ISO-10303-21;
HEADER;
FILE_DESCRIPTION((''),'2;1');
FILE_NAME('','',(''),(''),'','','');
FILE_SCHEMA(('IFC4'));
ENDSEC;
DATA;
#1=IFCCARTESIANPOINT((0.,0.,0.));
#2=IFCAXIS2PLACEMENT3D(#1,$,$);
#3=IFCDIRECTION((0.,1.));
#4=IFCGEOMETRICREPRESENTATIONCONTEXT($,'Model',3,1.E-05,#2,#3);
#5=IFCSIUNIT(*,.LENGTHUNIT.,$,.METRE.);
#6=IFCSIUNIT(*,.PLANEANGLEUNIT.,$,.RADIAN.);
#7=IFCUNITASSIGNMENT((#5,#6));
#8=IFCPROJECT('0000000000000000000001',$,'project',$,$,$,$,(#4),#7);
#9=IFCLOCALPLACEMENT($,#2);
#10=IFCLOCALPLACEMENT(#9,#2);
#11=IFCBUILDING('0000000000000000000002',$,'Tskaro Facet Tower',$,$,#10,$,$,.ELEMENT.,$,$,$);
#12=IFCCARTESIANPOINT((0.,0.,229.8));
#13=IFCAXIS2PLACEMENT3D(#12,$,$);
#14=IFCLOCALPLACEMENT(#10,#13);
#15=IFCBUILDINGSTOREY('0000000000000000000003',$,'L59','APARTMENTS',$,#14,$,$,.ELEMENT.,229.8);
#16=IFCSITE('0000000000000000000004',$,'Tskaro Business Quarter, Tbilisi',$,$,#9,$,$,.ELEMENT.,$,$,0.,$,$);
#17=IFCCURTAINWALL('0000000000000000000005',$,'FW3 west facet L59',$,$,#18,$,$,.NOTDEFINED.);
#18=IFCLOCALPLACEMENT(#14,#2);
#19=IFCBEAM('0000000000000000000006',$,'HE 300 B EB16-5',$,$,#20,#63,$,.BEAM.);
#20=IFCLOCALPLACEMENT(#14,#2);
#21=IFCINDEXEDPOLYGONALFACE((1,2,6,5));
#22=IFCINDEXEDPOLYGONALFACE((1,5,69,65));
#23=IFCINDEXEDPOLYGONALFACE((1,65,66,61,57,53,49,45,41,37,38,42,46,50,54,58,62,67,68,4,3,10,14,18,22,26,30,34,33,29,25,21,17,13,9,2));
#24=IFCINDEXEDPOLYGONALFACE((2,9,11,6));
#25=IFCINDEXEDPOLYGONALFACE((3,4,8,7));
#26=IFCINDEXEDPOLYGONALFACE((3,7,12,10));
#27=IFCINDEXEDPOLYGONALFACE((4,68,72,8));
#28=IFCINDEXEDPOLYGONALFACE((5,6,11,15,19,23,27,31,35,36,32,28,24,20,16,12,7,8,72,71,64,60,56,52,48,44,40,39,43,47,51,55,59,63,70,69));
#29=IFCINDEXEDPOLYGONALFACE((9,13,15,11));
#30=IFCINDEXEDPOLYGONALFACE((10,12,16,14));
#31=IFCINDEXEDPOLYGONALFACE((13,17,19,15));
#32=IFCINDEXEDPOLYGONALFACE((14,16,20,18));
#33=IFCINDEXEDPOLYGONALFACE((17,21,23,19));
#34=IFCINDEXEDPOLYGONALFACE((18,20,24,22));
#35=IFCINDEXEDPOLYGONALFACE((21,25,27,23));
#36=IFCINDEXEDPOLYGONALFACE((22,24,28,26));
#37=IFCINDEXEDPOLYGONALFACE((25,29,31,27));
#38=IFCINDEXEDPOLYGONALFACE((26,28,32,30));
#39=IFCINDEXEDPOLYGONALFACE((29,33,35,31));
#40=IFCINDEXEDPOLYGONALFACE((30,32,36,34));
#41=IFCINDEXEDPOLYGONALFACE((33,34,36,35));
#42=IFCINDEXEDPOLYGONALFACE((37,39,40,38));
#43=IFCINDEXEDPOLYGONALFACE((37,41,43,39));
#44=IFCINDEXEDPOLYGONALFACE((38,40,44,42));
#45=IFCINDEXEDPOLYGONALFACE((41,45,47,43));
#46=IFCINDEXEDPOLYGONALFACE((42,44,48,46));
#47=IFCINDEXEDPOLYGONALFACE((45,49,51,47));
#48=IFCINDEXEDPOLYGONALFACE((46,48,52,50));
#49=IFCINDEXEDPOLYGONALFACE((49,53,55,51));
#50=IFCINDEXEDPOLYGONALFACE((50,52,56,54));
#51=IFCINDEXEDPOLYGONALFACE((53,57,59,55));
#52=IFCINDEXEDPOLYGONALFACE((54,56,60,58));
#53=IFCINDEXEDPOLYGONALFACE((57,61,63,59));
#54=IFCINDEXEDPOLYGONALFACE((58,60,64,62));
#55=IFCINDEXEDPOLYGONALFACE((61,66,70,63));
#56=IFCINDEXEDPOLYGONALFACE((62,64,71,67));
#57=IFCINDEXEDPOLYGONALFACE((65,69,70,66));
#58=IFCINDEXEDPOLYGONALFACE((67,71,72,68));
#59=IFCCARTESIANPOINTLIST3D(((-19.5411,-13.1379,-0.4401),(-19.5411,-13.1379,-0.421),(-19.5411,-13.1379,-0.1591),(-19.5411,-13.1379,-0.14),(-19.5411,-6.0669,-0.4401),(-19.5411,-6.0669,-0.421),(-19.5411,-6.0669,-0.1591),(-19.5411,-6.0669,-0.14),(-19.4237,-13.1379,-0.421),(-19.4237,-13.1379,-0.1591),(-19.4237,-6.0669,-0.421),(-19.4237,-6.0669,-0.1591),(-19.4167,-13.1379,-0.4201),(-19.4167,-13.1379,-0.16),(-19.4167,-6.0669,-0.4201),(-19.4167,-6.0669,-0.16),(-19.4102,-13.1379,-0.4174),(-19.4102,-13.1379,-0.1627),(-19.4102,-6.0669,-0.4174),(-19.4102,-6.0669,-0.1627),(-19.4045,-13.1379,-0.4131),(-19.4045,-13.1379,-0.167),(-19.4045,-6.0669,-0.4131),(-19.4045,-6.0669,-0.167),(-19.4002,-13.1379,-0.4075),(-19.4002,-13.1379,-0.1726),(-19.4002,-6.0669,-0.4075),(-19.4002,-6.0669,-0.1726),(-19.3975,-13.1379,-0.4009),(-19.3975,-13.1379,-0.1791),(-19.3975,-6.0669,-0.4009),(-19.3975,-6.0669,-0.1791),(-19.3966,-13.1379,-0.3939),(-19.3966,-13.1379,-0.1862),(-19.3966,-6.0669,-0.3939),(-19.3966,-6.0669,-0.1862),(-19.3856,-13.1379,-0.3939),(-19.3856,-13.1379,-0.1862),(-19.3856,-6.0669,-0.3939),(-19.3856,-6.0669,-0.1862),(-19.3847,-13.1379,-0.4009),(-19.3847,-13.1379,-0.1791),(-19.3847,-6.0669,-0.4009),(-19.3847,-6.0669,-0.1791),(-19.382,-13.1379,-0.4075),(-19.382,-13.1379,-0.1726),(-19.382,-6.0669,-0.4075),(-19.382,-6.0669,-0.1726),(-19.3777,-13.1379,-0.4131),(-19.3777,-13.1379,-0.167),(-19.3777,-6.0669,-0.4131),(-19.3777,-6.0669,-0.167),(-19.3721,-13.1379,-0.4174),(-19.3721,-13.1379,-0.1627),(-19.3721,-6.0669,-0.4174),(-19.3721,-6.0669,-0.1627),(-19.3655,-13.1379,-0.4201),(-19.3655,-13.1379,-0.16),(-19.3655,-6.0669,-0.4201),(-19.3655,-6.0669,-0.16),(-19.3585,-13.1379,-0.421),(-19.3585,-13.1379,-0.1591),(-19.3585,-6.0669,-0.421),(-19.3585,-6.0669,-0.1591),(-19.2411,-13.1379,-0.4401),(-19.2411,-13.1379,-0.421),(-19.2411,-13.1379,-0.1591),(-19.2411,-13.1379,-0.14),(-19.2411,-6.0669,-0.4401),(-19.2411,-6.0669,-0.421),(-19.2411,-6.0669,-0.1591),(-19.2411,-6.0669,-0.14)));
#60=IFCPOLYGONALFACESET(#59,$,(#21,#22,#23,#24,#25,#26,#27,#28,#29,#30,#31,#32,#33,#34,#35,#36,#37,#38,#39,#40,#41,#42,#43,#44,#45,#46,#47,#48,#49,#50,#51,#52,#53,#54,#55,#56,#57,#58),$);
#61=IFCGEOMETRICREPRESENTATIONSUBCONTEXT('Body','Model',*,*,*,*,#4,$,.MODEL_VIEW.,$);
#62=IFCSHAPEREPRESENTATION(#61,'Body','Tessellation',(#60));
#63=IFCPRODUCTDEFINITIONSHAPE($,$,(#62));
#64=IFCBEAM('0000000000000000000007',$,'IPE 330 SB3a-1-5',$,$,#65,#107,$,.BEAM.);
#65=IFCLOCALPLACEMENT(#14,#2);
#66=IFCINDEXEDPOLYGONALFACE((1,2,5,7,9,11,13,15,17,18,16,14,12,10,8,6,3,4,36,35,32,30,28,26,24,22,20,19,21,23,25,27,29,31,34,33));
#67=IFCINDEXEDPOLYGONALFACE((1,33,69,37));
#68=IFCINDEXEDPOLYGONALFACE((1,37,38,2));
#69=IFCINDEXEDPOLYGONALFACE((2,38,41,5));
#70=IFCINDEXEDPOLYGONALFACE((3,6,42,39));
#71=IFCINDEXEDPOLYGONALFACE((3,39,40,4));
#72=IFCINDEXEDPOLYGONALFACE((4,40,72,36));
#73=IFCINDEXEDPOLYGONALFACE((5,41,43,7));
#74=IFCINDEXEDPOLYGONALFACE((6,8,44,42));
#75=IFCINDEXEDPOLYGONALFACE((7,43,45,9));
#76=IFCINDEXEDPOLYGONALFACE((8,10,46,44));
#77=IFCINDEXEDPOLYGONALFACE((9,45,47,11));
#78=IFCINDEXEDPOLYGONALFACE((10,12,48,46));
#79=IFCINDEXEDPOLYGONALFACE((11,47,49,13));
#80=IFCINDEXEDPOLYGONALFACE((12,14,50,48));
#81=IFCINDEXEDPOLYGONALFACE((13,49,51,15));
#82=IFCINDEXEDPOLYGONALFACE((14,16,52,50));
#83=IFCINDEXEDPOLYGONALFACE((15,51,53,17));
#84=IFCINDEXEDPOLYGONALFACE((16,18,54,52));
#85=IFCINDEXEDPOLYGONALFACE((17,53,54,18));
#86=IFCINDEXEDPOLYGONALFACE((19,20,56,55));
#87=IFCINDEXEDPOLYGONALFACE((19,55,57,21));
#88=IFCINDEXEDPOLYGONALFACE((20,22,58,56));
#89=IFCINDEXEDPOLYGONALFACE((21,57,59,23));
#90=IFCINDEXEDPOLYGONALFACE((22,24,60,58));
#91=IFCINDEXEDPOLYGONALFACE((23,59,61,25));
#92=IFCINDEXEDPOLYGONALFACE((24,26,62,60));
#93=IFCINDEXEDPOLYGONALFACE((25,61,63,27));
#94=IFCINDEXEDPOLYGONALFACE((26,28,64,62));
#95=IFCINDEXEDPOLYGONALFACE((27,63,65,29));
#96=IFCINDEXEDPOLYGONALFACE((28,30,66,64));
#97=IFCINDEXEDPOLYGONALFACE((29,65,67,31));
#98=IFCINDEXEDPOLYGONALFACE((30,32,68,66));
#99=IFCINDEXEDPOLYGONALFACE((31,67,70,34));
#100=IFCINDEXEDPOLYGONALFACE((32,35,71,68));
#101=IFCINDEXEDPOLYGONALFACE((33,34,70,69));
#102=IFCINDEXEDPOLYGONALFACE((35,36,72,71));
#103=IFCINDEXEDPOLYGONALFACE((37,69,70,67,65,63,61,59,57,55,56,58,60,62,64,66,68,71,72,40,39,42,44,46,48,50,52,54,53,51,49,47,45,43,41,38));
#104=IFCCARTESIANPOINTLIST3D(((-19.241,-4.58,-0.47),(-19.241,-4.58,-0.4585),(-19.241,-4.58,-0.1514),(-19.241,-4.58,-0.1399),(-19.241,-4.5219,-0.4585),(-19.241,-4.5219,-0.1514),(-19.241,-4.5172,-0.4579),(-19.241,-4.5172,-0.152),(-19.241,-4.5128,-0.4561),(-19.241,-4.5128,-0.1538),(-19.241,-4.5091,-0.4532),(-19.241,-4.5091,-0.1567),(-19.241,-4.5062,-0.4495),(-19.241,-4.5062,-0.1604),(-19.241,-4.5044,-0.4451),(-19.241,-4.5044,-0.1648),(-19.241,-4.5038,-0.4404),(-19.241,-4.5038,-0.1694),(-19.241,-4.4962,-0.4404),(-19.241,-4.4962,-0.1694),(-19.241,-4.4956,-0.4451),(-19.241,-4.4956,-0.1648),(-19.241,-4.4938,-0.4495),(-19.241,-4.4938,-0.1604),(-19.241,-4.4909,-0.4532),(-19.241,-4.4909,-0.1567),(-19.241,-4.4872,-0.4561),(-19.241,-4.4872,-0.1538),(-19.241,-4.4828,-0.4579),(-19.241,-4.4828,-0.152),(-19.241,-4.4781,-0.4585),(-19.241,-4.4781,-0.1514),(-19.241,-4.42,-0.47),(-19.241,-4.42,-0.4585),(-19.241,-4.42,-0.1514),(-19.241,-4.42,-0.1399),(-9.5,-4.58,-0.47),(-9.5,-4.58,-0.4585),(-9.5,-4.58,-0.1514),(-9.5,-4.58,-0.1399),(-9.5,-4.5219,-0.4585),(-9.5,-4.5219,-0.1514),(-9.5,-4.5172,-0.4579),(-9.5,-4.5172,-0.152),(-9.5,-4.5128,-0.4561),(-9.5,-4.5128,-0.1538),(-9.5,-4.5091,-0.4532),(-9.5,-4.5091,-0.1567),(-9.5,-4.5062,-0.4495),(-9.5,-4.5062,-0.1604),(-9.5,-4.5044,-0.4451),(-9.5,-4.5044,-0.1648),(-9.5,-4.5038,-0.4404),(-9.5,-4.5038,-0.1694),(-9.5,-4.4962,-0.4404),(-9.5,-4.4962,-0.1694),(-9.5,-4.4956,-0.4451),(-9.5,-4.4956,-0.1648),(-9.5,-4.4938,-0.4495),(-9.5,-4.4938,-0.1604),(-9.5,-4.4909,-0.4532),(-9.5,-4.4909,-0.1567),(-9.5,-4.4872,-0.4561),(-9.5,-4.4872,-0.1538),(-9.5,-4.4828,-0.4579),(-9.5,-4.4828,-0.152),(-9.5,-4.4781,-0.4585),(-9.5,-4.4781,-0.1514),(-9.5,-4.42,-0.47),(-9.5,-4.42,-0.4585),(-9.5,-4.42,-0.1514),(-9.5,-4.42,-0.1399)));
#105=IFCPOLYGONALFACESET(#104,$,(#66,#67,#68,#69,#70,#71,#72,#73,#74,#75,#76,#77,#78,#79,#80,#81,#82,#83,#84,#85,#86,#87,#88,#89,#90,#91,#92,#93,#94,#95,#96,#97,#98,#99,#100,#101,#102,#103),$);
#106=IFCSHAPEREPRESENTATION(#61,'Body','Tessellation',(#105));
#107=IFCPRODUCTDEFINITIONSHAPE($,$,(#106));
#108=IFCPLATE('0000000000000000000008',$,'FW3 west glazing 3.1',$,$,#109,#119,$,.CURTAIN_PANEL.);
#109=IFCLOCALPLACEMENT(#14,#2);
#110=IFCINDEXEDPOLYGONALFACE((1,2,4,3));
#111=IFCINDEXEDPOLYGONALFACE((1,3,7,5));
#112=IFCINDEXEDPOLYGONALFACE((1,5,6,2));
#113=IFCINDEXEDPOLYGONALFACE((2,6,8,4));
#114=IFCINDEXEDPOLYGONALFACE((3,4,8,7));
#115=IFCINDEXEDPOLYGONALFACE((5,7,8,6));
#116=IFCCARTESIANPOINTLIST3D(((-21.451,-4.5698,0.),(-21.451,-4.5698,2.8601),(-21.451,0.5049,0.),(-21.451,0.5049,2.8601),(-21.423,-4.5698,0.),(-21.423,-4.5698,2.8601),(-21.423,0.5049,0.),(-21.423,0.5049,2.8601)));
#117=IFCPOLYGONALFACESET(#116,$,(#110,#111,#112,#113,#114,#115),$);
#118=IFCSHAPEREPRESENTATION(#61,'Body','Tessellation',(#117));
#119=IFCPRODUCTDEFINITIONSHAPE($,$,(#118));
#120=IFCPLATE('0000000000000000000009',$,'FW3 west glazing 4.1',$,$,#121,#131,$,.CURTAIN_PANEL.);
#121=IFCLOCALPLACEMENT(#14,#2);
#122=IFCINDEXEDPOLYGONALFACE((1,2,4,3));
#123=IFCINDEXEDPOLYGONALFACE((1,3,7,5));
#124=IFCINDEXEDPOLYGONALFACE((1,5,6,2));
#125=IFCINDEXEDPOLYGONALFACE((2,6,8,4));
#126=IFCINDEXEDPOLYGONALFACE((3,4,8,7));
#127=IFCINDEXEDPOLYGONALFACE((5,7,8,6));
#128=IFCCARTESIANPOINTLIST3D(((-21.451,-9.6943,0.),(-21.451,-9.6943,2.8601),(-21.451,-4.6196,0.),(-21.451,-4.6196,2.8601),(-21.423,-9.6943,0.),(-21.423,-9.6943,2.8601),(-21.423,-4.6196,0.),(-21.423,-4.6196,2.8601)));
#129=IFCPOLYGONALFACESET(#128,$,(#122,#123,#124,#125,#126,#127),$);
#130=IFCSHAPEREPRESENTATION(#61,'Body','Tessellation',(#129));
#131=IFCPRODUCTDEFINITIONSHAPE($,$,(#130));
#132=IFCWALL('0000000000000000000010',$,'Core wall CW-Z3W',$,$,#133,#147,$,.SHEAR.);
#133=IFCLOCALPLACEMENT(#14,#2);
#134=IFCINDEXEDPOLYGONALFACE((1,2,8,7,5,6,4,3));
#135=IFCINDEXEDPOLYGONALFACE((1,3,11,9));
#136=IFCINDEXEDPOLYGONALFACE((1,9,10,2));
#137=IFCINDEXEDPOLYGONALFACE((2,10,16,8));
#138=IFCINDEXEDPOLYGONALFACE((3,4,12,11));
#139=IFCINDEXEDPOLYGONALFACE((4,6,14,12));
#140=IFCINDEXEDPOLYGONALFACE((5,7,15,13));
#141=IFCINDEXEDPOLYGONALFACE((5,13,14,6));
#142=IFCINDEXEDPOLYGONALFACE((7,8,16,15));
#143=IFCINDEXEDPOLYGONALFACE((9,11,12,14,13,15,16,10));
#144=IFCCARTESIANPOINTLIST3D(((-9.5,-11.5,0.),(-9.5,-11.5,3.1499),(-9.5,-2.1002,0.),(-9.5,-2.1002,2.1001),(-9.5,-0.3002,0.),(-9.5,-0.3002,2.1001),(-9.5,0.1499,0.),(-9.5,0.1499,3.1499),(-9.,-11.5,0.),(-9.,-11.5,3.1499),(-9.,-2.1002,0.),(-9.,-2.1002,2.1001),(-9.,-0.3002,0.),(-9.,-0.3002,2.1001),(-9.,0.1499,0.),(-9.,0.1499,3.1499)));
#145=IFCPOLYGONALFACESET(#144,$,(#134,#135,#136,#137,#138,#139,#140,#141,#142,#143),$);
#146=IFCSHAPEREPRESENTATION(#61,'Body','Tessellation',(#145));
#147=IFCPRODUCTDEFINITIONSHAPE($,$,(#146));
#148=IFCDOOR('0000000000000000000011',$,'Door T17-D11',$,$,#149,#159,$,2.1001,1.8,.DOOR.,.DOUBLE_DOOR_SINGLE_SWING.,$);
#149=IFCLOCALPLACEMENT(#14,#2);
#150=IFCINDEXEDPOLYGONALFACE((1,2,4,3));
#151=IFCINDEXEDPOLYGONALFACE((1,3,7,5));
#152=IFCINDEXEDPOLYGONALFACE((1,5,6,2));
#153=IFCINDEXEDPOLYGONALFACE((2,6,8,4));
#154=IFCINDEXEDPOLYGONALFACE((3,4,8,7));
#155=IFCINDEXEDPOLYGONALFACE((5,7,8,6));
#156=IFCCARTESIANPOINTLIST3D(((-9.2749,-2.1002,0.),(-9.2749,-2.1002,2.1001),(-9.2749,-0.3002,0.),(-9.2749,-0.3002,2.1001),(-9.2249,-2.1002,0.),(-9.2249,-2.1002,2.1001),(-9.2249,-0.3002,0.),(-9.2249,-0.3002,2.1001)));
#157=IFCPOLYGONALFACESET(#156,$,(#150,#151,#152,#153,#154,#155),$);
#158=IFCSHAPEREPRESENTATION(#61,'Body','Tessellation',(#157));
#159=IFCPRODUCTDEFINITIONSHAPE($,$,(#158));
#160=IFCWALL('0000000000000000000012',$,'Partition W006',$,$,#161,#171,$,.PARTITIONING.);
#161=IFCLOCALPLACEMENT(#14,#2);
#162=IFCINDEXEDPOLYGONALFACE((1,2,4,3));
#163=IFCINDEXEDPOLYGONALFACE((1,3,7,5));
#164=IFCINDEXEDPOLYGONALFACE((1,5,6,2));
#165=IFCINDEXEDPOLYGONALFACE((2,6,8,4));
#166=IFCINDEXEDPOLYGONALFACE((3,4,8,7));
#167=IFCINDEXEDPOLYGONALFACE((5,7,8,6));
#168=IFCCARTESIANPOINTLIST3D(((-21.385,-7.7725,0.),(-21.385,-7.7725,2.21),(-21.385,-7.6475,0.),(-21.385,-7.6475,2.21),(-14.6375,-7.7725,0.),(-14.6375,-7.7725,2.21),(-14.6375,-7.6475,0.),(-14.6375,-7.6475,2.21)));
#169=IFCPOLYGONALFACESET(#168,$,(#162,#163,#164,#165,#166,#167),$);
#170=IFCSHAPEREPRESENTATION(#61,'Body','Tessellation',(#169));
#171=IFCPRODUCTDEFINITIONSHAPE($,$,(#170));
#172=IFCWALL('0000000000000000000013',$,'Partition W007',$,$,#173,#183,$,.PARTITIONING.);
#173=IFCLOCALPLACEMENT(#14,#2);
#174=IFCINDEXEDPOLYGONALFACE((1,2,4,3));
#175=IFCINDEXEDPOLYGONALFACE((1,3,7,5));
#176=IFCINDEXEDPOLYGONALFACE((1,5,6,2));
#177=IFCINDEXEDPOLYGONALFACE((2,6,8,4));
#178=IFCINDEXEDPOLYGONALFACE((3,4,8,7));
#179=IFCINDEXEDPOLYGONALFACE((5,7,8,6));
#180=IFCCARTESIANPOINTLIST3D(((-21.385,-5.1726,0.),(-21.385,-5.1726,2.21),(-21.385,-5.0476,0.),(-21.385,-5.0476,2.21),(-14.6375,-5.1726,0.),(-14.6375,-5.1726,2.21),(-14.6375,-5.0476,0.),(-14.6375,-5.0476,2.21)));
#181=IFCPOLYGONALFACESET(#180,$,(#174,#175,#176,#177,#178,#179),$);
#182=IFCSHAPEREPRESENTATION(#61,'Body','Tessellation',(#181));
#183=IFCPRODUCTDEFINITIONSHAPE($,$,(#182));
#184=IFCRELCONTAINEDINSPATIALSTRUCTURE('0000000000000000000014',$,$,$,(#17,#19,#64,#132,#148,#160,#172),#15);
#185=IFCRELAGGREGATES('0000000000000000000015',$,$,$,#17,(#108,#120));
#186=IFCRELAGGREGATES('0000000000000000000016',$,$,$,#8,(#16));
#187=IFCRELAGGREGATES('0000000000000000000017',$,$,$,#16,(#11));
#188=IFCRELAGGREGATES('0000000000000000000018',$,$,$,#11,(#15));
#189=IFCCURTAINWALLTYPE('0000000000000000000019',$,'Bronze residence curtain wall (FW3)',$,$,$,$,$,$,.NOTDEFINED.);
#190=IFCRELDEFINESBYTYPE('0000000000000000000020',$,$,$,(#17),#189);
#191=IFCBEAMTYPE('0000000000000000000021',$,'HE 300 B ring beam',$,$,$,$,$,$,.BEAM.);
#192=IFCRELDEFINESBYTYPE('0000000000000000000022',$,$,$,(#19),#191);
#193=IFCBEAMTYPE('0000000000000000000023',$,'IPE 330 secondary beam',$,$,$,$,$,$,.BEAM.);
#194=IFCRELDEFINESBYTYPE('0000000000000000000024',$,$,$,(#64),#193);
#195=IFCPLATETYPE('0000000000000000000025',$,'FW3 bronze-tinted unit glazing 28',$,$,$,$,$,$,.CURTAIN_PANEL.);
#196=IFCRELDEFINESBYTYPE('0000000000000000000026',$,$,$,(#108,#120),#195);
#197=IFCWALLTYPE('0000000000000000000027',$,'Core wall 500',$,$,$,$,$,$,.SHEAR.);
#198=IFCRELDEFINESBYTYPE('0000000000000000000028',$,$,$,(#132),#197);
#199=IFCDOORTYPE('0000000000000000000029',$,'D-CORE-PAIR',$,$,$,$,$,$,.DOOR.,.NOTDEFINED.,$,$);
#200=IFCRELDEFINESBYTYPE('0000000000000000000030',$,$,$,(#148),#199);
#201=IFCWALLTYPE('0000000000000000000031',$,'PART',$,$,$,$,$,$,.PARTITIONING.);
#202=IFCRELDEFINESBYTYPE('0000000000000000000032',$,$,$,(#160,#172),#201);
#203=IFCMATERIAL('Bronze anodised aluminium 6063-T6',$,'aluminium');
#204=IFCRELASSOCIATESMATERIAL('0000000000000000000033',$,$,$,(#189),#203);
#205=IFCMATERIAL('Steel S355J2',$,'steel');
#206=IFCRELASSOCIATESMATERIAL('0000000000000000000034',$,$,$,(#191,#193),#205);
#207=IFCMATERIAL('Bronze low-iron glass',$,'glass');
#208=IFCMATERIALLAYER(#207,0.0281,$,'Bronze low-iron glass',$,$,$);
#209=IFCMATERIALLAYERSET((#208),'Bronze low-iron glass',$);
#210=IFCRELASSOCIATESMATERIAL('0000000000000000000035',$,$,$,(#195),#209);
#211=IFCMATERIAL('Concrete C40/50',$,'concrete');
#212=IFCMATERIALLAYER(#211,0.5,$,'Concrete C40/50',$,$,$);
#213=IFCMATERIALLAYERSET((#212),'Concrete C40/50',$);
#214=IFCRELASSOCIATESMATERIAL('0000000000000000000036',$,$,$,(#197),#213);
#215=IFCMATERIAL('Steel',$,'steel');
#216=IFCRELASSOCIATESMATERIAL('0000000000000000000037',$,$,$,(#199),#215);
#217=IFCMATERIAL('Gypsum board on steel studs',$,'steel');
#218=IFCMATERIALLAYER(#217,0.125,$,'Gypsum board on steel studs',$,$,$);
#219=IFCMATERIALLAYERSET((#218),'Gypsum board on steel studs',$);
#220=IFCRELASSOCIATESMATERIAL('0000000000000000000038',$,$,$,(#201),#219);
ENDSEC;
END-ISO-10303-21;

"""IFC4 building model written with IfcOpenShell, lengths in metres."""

from ifc_helpers import new_model, si_unit, direction, frame, frame_2d, origin, origin_2d, place, context, subcontext, project, spatial, rectangle, i_section, extrude, material, layer, layer_set, material_profile, profile_set, type_object, element, fill, aggregate, save


model = new_model("IFC4")

# Units and contexts
model_context = context("Model", 3, precision=1e-05, world=origin(), true_north=direction((0.0, 1.0)))
body_context = subcontext(model_context, "Body", "Model", "MODEL_VIEW")
ifc_project = project(units=[si_unit("LENGTHUNIT", "METRE"), si_unit("PLANEANGLEUNIT", "RADIAN")], contexts=[model_context])

# Site, building, storey
site_placement = place(None, origin())
site = spatial("IfcSite", under=ifc_project, at=site_placement, Name="Tskaro Business Quarter, Tbilisi", CompositionType="ELEMENT", RefElevation=0.0)
building_placement = place(site_placement, origin())
building = spatial("IfcBuilding", under=site, at=building_placement, Name="Tskaro Facet Tower", CompositionType="ELEMENT")
storey_placement = place(building_placement, frame((0.0, 0.0, 229.8)))
storey = spatial("IfcBuildingStorey", under=building, at=storey_placement, Name="L59", Description="APARTMENTS", CompositionType="ELEMENT", Elevation=229.8)

# Shared definitions
ifc_material_1 = material(Name="Steel S355J2", Category="steel")

# Curtain wall
ifc_material_2 = material(Name="Bronze anodised aluminium 6063-T6", Category="aluminium")
curtain_wall_type = type_object("IfcCurtainWallType", Name="Bronze residence curtain wall (FW3)", PredefinedType="NOTDEFINED", material=ifc_material_2)
curtain_wall_placement = place(storey_placement, origin())
curtain_wall = element("IfcCurtainWall", 1, at=curtain_wall_placement, inside=storey, type_object=curtain_wall_type, Name="FW3 west facet L59", PredefinedType="NOTDEFINED")

# Beams
ifc_material_profile_1 = material_profile(ifc_material_1, i_section(OverallWidth=0.3, OverallDepth=0.3, WebThickness=0.011, FlangeThickness=0.019, FilletRadius=0.0271, at=origin_2d()), Name="HE 300 B")
ifc_profile_set_1 = profile_set([ifc_material_profile_1], Name="Steel S355J2")
beam_type_1 = type_object("IfcBeamType", Name="HE 300 B ring beam", PredefinedType="BEAM", material=ifc_profile_set_1)
beam_1_placement = place(storey_placement, frame((-19.3911, -6.0669, -0.29), z_axis=(0.0, -1.0, 0.0), x_axis=(1.0, 0.0, 0.0)))
element("IfcBeam", 2, at=beam_1_placement, inside=storey, type_object=beam_type_1, Name="HE 300 B EB16-5", PredefinedType="BEAM", context=body_context, shape_type="SweptSolid", body=[
    extrude(i_section(OverallWidth=0.3, OverallDepth=0.3, WebThickness=0.011, FlangeThickness=0.019, FilletRadius=0.0271, at=origin_2d()), origin(), (0.0, 0.0, 1.0), 7.071),
])
ifc_material_profile_2 = material_profile(ifc_material_1, i_section(OverallWidth=0.1599, OverallDepth=0.3301, WebThickness=0.0076, FlangeThickness=0.0115, FilletRadius=0.0181, at=origin_2d()), Name="IPE 330")
ifc_profile_set_2 = profile_set([ifc_material_profile_2], Name="Steel S355J2")
beam_type_2 = type_object("IfcBeamType", Name="IPE 330 secondary beam", PredefinedType="BEAM", material=ifc_profile_set_2)
beam_2_placement = place(storey_placement, frame((-19.241, -4.5, -0.3049), z_axis=(1.0, 0.0, 0.0), x_axis=(0.0, 1.0, 0.0)))
element("IfcBeam", 3, at=beam_2_placement, inside=storey, type_object=beam_type_2, Name="IPE 330 SB3a-1-5", PredefinedType="BEAM", context=body_context, shape_type="SweptSolid", body=[
    extrude(i_section(OverallWidth=0.1599, OverallDepth=0.3301, WebThickness=0.0076, FlangeThickness=0.0115, FilletRadius=0.0181, at=origin_2d()), origin(), (0.0, 0.0, 1.0), 9.741),
])

# Plates
ifc_material_3 = material(Name="Bronze low-iron glass", Category="glass")
ifc_layer_1 = layer(ifc_material_3, 0.0281, Name="Bronze low-iron glass")
ifc_layer_set_1 = layer_set([ifc_layer_1], Name="Bronze low-iron glass")
plate_type = type_object("IfcPlateType", Name="FW3 bronze-tinted unit glazing 28", PredefinedType="CURTAIN_PANEL", material=ifc_layer_set_1)
plate_1_placement = place(storey_placement, frame((-21.437, -2.0325, 0.0), z_axis=(0.0, 0.0, 1.0), x_axis=(0.0, -1.0, 0.0)))
plate_1 = element("IfcPlate", 4, at=plate_1_placement, type_object=plate_type, Name="FW3 west glazing 3.1", PredefinedType="CURTAIN_PANEL", context=body_context, shape_type="SweptSolid", body=[
    extrude(rectangle(XDim=5.0747, YDim=0.0281, at=origin_2d()), origin(), (0.0, 0.0, 1.0), 2.8601),
])
plate_2_placement = place(storey_placement, frame((-21.437, -7.157, 0.0), z_axis=(0.0, 0.0, 1.0), x_axis=(0.0, -1.0, 0.0)))
plate_2 = element("IfcPlate", 5, at=plate_2_placement, type_object=plate_type, Name="FW3 west glazing 4.1", PredefinedType="CURTAIN_PANEL", context=body_context, shape_type="SweptSolid", body=[
    extrude(rectangle(XDim=5.0747, YDim=0.0281, at=origin_2d()), origin(), (0.0, 0.0, 1.0), 2.8601),
])
aggregate(curtain_wall, [plate_1, plate_2])

# Wall, opening, door
ifc_material_4 = material(Name="Concrete C40/50", Category="concrete")
ifc_layer_2 = layer(ifc_material_4, 0.5, Name="Concrete C40/50")
ifc_layer_set_2 = layer_set([ifc_layer_2], Name="Concrete C40/50")
wall_type_1 = type_object("IfcWallType", Name="Core wall 500", PredefinedType="SHEAR", material=ifc_layer_set_2)
wall_1_placement = place(storey_placement, frame((-9.25, -11.5, 0.0), z_axis=(0.0, 0.0, 1.0), x_axis=(0.0, 1.0, 0.0)))
wall_1 = element("IfcWall", 6, at=wall_1_placement, inside=storey, type_object=wall_type_1, Name="Core wall CW-Z3W", PredefinedType="SHEAR", context=body_context, shape_type="SweptSolid", body=[
    extrude(rectangle(XDim=11.6499, YDim=0.5, at=frame_2d((5.825, 0.0))), origin(), (0.0, 0.0, 1.0), 3.1499),
])
opening_1_placement = place(wall_1_placement, frame((9.3999, 0.0, 0.0)))
opening_1 = element("IfcOpeningElement", 7, at=opening_1_placement, cuts=wall_1, PredefinedType="OPENING", context=body_context, shape_type="SweptSolid", body=[
    extrude(rectangle(XDim=1.8, YDim=2.1001, at=frame_2d((0.8999, 1.05))), frame((0.0, 0.26, 0.0), z_axis=(0.0, -1.0, 0.0), x_axis=(1.0, 0.0, 0.0)), (0.0, 0.0, 1.0), 0.52),
])
ifc_material_5 = material(Name="Steel", Category="steel")
door_type_1 = type_object("IfcDoorType", Name="D-CORE-PAIR", OperationType="NOTDEFINED", PredefinedType="DOOR", material=ifc_material_5)
door_1_placement = place(opening_1_placement, origin())
door_1 = element("IfcDoor", 8, at=door_1_placement, inside=storey, type_object=door_type_1, Name="Door T17-D11", OperationType="DOUBLE_DOOR_SINGLE_SWING", OverallHeight=2.1001, OverallWidth=1.8, PredefinedType="DOOR", context=body_context, shape_type="SweptSolid", body=[
    extrude(rectangle(XDim=1.8, YDim=2.1001, at=frame_2d((0.8999, 1.05))), frame((0.0, 0.0249, 0.0), z_axis=(0.0, -1.0, 0.0), x_axis=(1.0, 0.0, 0.0)), (0.0, 0.0, 1.0), 0.05),
])
fill(opening_1, door_1)

# Walls
ifc_material_6 = material(Name="Gypsum board on steel studs", Category="steel")
ifc_layer_3 = layer(ifc_material_6, 0.125, Name="Gypsum board on steel studs")
ifc_layer_set_3 = layer_set([ifc_layer_3], Name="Gypsum board on steel studs")
wall_type_2 = type_object("IfcWallType", Name="PART", PredefinedType="PARTITIONING", material=ifc_layer_set_3)
for number, where, z_axis, x_axis, name in (
    (9, (-21.385, -7.71, 0.0), (0.0, 0.0, 1.0), (1.0, 0.0, 0.0), "Partition W006"),
    (10, (-21.385, -5.1101, 0.0), (0.0, 0.0, 1.0), (1.0, 0.0, 0.0), "Partition W007"),
):
    element("IfcWall", number, at=place(storey_placement, frame(where, z_axis=z_axis, x_axis=x_axis)), inside=storey, type_object=wall_type_2, Name=name, PredefinedType="PARTITIONING", context=body_context, shape_type="SweptSolid", body=[
        extrude(rectangle(XDim=6.7476, YDim=0.125, at=frame_2d((3.3738, 0.0))), origin(), (0.0, 0.0, 1.0), 2.21),
    ])

save(model, "model.ifc")
